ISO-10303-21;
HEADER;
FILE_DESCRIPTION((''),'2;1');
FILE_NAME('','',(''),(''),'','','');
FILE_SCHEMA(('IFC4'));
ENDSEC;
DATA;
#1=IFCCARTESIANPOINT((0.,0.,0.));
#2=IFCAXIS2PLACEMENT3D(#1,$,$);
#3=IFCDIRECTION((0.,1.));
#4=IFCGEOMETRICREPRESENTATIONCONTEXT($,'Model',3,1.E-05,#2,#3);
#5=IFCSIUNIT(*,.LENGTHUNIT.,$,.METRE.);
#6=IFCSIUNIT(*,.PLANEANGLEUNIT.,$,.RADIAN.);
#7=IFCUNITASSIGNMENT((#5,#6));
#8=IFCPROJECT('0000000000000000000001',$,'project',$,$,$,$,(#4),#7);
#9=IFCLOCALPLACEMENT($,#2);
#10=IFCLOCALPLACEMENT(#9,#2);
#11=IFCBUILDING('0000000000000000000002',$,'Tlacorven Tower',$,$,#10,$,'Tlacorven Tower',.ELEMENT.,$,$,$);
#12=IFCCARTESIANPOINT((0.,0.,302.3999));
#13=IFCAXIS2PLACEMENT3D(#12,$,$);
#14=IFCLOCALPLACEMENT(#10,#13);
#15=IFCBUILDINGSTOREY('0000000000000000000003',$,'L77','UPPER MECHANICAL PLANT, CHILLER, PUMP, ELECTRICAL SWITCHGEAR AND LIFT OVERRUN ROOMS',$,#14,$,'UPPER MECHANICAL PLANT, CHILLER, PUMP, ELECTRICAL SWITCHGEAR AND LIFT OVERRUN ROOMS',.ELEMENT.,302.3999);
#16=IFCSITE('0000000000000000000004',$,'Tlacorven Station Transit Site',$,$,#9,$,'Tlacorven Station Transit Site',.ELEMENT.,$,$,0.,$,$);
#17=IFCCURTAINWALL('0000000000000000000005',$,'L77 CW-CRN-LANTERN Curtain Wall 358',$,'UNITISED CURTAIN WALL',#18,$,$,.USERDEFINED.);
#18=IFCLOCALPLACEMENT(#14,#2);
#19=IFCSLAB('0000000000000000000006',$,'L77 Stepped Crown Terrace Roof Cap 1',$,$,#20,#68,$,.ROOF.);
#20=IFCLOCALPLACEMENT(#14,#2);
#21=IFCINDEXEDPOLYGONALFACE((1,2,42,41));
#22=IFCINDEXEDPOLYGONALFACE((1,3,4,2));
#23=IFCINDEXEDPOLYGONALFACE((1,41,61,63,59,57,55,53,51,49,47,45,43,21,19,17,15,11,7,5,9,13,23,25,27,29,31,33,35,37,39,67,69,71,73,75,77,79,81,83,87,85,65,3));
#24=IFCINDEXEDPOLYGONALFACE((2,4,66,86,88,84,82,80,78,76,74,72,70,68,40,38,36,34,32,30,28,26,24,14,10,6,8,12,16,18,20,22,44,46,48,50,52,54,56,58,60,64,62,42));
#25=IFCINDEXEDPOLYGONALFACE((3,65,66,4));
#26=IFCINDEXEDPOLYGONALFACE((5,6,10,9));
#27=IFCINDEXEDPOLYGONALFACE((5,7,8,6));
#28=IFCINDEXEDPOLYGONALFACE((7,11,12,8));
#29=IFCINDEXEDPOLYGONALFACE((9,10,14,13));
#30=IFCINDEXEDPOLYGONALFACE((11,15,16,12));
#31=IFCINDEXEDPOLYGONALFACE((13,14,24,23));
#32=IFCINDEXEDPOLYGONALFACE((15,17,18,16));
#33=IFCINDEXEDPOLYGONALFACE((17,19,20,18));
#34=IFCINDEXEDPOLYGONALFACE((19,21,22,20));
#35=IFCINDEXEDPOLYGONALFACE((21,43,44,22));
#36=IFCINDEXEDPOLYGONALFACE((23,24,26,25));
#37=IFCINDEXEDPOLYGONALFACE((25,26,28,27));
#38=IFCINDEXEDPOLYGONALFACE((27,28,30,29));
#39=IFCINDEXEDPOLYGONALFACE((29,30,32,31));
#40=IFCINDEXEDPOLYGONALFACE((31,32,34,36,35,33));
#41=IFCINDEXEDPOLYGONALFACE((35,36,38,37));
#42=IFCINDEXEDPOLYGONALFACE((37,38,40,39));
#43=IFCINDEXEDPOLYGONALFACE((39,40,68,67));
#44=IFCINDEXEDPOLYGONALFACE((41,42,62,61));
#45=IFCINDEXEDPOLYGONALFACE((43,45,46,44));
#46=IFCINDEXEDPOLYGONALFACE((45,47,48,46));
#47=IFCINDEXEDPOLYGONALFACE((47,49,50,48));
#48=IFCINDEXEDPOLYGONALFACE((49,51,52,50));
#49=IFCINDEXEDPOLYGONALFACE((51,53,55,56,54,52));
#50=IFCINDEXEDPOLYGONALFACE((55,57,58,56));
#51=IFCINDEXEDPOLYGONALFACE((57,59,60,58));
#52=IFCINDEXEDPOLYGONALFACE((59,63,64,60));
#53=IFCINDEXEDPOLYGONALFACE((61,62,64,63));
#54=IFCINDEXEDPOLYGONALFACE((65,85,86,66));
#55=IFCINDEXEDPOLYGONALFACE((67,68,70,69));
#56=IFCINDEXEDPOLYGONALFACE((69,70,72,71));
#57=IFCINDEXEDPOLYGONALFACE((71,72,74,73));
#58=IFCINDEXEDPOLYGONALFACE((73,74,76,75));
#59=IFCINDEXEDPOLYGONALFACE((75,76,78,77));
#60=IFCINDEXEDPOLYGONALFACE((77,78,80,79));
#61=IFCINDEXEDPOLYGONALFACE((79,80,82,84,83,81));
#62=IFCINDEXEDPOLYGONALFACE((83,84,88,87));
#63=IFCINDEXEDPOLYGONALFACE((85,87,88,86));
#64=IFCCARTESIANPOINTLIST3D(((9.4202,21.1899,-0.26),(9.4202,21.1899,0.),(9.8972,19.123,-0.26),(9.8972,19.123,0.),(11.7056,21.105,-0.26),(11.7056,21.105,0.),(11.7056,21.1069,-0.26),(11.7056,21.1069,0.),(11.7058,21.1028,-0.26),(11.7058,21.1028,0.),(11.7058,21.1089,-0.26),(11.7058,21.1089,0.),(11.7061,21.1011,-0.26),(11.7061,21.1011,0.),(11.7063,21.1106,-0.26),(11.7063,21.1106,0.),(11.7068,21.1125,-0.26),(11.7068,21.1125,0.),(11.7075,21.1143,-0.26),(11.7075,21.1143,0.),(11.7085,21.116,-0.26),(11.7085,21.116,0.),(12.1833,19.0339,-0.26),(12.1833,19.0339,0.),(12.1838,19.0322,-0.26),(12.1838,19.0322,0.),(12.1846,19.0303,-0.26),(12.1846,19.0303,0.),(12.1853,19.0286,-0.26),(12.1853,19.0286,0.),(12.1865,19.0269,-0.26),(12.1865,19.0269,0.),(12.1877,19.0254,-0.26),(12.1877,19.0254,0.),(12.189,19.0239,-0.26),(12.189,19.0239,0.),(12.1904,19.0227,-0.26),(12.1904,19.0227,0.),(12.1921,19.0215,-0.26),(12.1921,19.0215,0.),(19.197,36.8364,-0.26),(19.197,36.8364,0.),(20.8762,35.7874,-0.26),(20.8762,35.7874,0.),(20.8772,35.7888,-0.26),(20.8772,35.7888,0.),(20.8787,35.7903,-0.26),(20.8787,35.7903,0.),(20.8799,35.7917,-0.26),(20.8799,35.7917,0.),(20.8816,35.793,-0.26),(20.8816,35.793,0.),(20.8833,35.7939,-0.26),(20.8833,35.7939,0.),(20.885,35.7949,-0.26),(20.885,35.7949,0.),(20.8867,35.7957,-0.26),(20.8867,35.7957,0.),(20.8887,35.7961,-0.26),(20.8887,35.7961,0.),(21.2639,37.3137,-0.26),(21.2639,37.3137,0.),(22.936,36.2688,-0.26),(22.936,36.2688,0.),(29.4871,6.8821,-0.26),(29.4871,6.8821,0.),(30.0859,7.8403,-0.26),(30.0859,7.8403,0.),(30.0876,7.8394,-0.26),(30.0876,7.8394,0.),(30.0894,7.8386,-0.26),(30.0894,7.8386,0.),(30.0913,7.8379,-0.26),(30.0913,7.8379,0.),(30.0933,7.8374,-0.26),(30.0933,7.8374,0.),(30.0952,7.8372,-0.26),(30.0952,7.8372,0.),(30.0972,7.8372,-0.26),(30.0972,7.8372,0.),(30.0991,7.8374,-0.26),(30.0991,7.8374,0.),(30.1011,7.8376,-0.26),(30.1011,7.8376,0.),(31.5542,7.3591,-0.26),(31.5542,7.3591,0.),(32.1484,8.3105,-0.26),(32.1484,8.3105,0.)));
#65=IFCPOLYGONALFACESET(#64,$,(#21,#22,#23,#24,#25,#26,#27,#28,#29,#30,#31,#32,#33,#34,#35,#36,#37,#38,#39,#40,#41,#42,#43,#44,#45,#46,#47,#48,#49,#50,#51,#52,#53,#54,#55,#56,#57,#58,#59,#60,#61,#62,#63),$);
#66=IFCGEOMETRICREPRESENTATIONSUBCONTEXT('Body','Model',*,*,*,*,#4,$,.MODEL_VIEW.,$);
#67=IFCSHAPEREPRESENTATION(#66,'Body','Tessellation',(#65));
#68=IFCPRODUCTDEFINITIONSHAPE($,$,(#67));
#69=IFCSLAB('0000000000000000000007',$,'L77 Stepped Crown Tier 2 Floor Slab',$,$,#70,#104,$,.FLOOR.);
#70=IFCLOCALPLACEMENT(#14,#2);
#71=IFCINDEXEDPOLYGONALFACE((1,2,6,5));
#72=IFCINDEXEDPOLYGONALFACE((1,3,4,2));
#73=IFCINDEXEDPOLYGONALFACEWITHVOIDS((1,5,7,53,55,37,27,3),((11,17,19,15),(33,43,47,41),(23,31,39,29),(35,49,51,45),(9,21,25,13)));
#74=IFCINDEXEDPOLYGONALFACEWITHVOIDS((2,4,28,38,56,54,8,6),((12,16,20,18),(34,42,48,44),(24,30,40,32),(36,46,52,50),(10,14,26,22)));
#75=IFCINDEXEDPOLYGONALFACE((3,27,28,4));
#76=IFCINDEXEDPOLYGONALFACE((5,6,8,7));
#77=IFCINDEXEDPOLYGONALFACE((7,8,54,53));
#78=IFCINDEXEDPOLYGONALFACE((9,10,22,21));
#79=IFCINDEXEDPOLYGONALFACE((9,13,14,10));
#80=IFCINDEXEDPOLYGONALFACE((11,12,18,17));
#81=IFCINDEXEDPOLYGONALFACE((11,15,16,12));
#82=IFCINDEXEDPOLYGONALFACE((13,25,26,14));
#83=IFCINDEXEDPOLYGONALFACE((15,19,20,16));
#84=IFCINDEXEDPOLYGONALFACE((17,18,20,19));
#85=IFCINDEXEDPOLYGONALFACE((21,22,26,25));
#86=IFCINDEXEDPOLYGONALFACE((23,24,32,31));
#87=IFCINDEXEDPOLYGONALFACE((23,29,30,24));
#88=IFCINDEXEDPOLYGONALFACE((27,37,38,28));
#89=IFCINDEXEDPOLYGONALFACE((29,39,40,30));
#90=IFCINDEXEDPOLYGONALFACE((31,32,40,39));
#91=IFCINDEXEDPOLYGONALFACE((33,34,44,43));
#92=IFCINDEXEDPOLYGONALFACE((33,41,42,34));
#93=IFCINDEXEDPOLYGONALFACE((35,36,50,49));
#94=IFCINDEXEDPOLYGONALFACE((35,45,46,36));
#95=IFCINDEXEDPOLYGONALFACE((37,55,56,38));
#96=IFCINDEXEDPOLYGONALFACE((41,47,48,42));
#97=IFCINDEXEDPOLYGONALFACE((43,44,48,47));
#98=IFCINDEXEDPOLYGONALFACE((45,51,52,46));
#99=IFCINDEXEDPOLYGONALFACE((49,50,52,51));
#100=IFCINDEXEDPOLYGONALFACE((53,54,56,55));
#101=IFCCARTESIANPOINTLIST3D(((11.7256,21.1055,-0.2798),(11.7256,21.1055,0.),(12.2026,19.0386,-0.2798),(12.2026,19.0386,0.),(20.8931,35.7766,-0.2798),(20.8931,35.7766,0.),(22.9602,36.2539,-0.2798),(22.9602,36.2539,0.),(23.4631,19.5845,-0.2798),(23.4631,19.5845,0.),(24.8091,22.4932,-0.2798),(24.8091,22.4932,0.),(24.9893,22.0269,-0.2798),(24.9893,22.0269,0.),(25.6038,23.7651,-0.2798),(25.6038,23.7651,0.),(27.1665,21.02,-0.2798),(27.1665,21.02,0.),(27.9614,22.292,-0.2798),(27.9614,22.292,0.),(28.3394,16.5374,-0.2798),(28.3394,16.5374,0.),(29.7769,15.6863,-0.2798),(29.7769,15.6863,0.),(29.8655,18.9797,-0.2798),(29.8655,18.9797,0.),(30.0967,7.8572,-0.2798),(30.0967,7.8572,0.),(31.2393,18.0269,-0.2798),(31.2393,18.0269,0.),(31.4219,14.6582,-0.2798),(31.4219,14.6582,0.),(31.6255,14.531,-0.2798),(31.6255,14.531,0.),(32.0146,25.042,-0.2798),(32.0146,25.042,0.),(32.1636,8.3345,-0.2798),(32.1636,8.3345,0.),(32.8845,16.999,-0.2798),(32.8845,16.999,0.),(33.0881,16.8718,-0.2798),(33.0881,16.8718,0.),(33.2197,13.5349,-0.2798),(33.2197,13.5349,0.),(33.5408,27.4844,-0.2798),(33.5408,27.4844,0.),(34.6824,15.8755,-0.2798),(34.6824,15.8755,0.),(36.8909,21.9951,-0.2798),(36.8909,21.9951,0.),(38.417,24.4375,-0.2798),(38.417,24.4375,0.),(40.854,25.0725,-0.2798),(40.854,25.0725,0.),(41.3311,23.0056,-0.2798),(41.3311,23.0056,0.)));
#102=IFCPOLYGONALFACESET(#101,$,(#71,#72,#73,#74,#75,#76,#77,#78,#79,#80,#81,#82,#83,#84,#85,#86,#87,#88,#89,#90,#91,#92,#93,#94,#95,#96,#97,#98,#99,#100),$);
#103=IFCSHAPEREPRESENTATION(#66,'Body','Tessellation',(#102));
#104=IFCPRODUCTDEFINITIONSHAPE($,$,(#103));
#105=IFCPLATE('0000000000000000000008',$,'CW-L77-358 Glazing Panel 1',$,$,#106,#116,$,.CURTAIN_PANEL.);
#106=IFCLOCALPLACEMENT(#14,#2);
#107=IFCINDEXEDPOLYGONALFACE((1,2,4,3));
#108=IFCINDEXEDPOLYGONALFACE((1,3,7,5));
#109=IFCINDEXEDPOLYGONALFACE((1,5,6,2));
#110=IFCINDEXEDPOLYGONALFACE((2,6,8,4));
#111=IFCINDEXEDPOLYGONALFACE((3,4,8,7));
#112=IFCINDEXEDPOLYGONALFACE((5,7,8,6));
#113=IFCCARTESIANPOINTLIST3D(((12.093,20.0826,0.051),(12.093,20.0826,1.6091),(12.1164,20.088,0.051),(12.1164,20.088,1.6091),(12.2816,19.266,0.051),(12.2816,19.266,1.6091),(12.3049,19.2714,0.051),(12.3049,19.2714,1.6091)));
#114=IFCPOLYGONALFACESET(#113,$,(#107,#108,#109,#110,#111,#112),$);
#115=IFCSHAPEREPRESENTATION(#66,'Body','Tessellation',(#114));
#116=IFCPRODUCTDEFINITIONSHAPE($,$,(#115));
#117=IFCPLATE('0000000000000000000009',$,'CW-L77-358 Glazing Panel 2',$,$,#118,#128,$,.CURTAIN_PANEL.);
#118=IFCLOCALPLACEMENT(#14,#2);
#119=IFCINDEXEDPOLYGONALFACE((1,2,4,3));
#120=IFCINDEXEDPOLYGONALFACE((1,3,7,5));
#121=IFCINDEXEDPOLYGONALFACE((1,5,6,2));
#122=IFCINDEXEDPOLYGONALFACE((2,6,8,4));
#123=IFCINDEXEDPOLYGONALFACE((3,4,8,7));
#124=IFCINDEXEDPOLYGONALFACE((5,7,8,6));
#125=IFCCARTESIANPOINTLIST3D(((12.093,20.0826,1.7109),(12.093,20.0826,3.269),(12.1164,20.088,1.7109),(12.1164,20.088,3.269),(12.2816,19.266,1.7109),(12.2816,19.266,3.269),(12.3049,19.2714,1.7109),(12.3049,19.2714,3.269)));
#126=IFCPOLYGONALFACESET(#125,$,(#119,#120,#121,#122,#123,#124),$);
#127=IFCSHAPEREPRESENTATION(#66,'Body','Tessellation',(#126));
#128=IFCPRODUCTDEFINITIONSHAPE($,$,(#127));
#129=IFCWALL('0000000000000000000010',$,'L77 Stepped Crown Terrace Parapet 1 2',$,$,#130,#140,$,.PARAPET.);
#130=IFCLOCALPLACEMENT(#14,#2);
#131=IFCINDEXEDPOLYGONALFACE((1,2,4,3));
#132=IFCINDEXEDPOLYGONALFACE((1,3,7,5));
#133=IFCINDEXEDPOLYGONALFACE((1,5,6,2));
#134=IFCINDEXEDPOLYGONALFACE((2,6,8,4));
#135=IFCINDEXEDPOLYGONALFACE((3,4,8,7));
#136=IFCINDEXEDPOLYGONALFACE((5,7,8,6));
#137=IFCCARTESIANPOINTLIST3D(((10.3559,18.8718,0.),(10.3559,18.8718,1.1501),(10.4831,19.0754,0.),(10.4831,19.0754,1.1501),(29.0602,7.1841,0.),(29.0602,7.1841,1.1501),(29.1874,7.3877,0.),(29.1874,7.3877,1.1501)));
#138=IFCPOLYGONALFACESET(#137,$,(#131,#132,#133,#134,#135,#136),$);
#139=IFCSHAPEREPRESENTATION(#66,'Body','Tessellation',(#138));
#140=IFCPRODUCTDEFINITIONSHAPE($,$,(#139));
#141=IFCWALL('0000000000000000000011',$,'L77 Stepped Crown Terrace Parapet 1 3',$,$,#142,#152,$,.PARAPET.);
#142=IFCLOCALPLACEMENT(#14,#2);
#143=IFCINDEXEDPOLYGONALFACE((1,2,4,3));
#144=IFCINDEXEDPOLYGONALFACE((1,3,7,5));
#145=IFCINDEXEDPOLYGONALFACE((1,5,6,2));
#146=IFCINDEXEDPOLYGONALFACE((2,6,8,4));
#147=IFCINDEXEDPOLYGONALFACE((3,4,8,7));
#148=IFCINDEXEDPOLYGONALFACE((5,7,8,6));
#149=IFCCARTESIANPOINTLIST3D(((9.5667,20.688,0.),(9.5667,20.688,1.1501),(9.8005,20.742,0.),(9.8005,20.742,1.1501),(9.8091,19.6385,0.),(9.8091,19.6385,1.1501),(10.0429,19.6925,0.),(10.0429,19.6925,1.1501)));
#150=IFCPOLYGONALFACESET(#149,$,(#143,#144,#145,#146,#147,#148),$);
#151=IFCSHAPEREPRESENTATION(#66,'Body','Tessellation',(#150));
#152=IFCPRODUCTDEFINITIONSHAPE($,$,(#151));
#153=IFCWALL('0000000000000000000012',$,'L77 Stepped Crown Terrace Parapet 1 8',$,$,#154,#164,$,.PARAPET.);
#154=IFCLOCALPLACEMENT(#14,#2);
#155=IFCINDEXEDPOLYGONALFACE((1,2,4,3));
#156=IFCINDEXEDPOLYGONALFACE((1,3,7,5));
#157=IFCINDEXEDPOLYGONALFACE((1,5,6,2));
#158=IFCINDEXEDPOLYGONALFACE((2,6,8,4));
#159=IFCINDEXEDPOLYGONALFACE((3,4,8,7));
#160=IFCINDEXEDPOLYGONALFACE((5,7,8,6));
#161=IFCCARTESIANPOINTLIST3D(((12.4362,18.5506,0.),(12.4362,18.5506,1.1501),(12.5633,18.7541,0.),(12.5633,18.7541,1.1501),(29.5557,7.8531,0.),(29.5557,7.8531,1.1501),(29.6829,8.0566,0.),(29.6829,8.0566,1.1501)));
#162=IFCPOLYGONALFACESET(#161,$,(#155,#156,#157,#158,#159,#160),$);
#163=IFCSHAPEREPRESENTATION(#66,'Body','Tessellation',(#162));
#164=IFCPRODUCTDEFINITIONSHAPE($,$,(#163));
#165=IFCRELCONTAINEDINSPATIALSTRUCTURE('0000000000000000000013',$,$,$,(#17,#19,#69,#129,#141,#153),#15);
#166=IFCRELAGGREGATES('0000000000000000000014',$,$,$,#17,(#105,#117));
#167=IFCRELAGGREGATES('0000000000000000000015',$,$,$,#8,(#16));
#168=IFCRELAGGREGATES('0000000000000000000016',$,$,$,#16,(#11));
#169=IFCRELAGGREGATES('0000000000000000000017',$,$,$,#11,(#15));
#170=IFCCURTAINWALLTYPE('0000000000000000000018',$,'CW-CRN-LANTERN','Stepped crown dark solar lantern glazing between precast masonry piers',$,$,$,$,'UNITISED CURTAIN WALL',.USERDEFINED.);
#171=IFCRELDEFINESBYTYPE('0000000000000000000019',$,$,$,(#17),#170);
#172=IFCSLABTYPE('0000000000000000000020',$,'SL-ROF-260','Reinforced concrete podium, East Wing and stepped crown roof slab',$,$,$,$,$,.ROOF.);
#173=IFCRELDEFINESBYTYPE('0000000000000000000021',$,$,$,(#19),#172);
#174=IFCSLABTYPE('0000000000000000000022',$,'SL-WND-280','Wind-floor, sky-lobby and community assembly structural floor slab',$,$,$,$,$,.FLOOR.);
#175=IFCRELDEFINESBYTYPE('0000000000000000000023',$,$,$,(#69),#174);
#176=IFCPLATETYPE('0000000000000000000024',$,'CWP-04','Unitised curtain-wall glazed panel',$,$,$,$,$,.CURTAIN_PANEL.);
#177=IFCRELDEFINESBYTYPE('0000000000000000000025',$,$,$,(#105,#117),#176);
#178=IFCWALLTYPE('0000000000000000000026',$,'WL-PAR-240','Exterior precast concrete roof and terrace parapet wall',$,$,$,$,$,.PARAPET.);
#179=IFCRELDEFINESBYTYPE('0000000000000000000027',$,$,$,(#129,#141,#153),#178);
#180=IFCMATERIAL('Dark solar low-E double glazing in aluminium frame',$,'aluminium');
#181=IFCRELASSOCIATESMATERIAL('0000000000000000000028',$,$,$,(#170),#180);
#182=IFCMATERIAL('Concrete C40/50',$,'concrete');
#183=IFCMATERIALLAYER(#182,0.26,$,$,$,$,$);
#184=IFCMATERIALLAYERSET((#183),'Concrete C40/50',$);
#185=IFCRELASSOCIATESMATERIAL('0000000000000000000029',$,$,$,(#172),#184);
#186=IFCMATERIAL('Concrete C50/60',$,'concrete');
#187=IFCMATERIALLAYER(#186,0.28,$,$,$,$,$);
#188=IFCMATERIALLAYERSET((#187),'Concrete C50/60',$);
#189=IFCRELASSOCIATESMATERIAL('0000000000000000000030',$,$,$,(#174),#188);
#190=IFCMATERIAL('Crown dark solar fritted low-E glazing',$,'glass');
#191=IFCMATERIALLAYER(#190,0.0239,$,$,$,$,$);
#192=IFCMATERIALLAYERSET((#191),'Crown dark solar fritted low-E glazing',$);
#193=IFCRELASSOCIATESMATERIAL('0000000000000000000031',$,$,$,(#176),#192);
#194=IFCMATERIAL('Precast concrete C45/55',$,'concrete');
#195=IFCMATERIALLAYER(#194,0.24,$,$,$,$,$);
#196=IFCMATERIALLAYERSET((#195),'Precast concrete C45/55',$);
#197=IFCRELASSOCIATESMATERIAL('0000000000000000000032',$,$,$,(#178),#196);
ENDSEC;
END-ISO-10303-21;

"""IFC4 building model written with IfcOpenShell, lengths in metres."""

from ifc_helpers import new_model, si_unit, direction, frame, frame_2d, origin, origin_2d, place, context, subcontext, project, spatial, polyline, rectangle, outline, extrude, source, transform, mapped, material, layer, layer_set, type_object, element, aggregate, save


model = new_model("IFC4")

# Units and contexts
model_context = context("Model", 3, precision=1e-05, world=origin(), true_north=direction((0.0, 1.0)))
body_context = subcontext(model_context, "Body", "Model", "MODEL_VIEW")
ifc_project = project(units=[si_unit("LENGTHUNIT", "METRE"), si_unit("PLANEANGLEUNIT", "RADIAN")], contexts=[model_context])

# Site, building, storey
site_placement = place(None, origin())
site = spatial("IfcSite", under=ifc_project, at=site_placement, Name="Tlacorven Station Transit Site", LongName="Tlacorven Station Transit Site", CompositionType="ELEMENT", RefElevation=0.0)
building_placement = place(site_placement, origin())
building = spatial("IfcBuilding", under=site, at=building_placement, Name="Tlacorven Tower", LongName="Tlacorven Tower", CompositionType="ELEMENT")
storey_placement = place(building_placement, frame((0.0, 0.0, 302.3999)))
storey = spatial("IfcBuildingStorey", under=building, at=storey_placement, Name="L77", Description="UPPER MECHANICAL PLANT, CHILLER, PUMP, ELECTRICAL SWITCHGEAR AND LIFT OVERRUN ROOMS", LongName="UPPER MECHANICAL PLANT, CHILLER, PUMP, ELECTRICAL SWITCHGEAR AND LIFT OVERRUN ROOMS", CompositionType="ELEMENT", Elevation=302.3999)

# Curtain wall
ifc_material_1 = material(Name="Dark solar low-E double glazing in aluminium frame", Category="aluminium")
curtain_wall_type = type_object("IfcCurtainWallType", Name="CW-CRN-LANTERN", Description="Stepped crown dark solar lantern glazing between precast masonry piers", ElementType="UNITISED CURTAIN WALL", PredefinedType="USERDEFINED", material=ifc_material_1)
curtain_wall_placement = place(storey_placement, origin())
curtain_wall = element("IfcCurtainWall", 1, at=curtain_wall_placement, inside=storey, type_object=curtain_wall_type, Name="L77 CW-CRN-LANTERN Curtain Wall 358", ObjectType="UNITISED CURTAIN WALL", PredefinedType="USERDEFINED")

# Shared definitions
ifc_material_2 = material(Name="Concrete C40/50", Category="concrete")

# Slabs
ifc_layer_1 = layer(ifc_material_2, 0.26)
ifc_layer_set_1 = layer_set([ifc_layer_1], Name="Concrete C40/50")
slab_type_1 = type_object("IfcSlabType", Name="SL-ROF-260", Description="Reinforced concrete podium, East Wing and stepped crown roof slab", PredefinedType="ROOF", material=ifc_layer_set_1)
slab_1_placement = place(storey_placement, frame((0.0, 0.0, -0.26)))
element("IfcSlab", 2, at=slab_1_placement, inside=storey, type_object=slab_type_1, Name="L77 Stepped Crown Terrace Roof Cap 1", PredefinedType="ROOF", context=body_context, shape_type="SweptSolid", body=[
    extrude(outline(polyline([(31.5542, 7.3591), (29.4871, 6.8821), (9.8972, 19.123), (9.4202, 21.1899), (19.197, 36.8364), (21.2639, 37.3137), (22.936, 36.2688), (20.8887, 35.7961), (20.8867, 35.7957), (20.885, 35.7949), (20.8833, 35.7939), (20.8816, 35.793), (20.8799, 35.7917), (20.8787, 35.7903), (20.8772, 35.7888), (20.8762, 35.7874), (11.7085, 21.116), (11.7075, 21.1143), (11.7068, 21.1125), (11.7063, 21.1106), (11.7058, 21.1089), (11.7056, 21.1069), (11.7056, 21.105), (11.7058, 21.1028), (11.7061, 21.1011), (12.1833, 19.0339), (12.1838, 19.0322), (12.1846, 19.0303), (12.1853, 19.0286), (12.1865, 19.0269), (12.1877, 19.0254), (12.189, 19.0239), (12.1904, 19.0227), (12.1921, 19.0215), (30.0859, 7.8403), (30.0876, 7.8394), (30.0894, 7.8386), (30.0913, 7.8379), (30.0933, 7.8374), (30.0952, 7.8372), (30.0972, 7.8372), (30.0991, 7.8374), (30.1011, 7.8376), (32.1484, 8.3105), (31.5542, 7.3591)])), origin(), (0.0, 0.0, 1.0), 0.26),
])
ifc_material_3 = material(Name="Concrete C50/60", Category="concrete")
ifc_layer_2 = layer(ifc_material_3, 0.28)
ifc_layer_set_2 = layer_set([ifc_layer_2], Name="Concrete C50/60")
slab_type_2 = type_object("IfcSlabType", Name="SL-WND-280", Description="Wind-floor, sky-lobby and community assembly structural floor slab", PredefinedType="FLOOR", material=ifc_layer_set_2)
slab_2_placement = place(storey_placement, frame((0.0, 0.0, -0.2798)))
element("IfcSlab", 3, at=slab_2_placement, inside=storey, type_object=slab_type_2, Name="L77 Stepped Crown Tier 2 Floor Slab", PredefinedType="FLOOR", context=body_context, shape_type="SweptSolid", body=[
    extrude(outline(polyline([(40.854, 25.0725), (22.9602, 36.2539), (20.8931, 35.7766), (11.7256, 21.1055), (12.2026, 19.0386), (30.0967, 7.8572), (32.1636, 8.3345), (41.3311, 23.0056), (40.854, 25.0725)]), holes=[polyline([(29.8655, 18.9797), (24.9893, 22.0269), (23.4631, 19.5845), (28.3394, 16.5374), (29.8655, 18.9797)]), polyline([(38.417, 24.4375), (33.5408, 27.4844), (32.0146, 25.042), (36.8909, 21.9951), (38.417, 24.4375)]), polyline([(34.6824, 15.8755), (33.0881, 16.8718), (31.6255, 14.531), (33.2197, 13.5349), (34.6824, 15.8755)]), polyline([(32.8845, 16.999), (31.2393, 18.0269), (29.7769, 15.6863), (31.4219, 14.6582), (32.8845, 16.999)]), polyline([(27.9614, 22.292), (25.6038, 23.7651), (24.8091, 22.4932), (27.1665, 21.02), (27.9614, 22.292)])]), origin(), (0.0, 0.0, 1.0), 0.2798),
])

# Plates
ifc_material_4 = material(Name="Crown dark solar fritted low-E glazing", Category="glass")
ifc_layer_3 = layer(ifc_material_4, 0.0239)
ifc_layer_set_3 = layer_set([ifc_layer_3], Name="Crown dark solar fritted low-E glazing")
plate_type = type_object("IfcPlateType", Name="CWP-04", Description="Unitised curtain-wall glazed panel", PredefinedType="CURTAIN_PANEL", material=ifc_layer_set_3)
shared_shape_1 = source(origin(), body_context, "Body", "SweptSolid", [
    extrude(rectangle(XDim=0.8381, YDim=0.0239, at=origin_2d()), origin(), (0.0, 0.0, 1.0), 1.5581),
])
plate_1_placement = place(storey_placement, frame((12.199, 19.677, 0.051), z_axis=(0.0, 0.0, 1.0), x_axis=(-0.22495, 0.97437, 0.0)))
plate_1 = element("IfcPlate", 4, at=plate_1_placement, type_object=plate_type, Name="CW-L77-358 Glazing Panel 1", PredefinedType="CURTAIN_PANEL", context=body_context, shape_type="MappedRepresentation", body=[
    mapped(shared_shape_1, transform((0.0, 0.0, 0.0), scale=1.0)),
])
plate_2_placement = place(storey_placement, frame((12.199, 19.677, 1.7109), z_axis=(0.0, 0.0, 1.0), x_axis=(-0.22495, 0.97437, 0.0)))
plate_2 = element("IfcPlate", 5, at=plate_2_placement, type_object=plate_type, Name="CW-L77-358 Glazing Panel 2", PredefinedType="CURTAIN_PANEL", context=body_context, shape_type="MappedRepresentation", body=[
    mapped(shared_shape_1, transform((0.0, 0.0, 0.0), scale=1.0)),
])
aggregate(curtain_wall, [plate_1, plate_2])

# Walls
ifc_material_5 = material(Name="Precast concrete C45/55", Category="concrete")
ifc_layer_4 = layer(ifc_material_5, 0.24)
ifc_layer_set_4 = layer_set([ifc_layer_4], Name="Precast concrete C45/55")
wall_type = type_object("IfcWallType", Name="WL-PAR-240", Description="Exterior precast concrete roof and terrace parapet wall", PredefinedType="PARAPET", material=ifc_layer_set_4)
wall_1_placement = place(storey_placement, frame((29.1238, 7.2859, 0.0), z_axis=(0.0, 0.0, 1.0), x_axis=(-0.848049, 0.529918, 0.0)))
element("IfcWall", 6, at=wall_1_placement, inside=storey, type_object=wall_type, Name="L77 Stepped Crown Terrace Parapet 1 2", PredefinedType="PARAPET", context=body_context, shape_type="SweptSolid", body=[
    extrude(rectangle(XDim=22.0557, YDim=0.24, at=frame_2d((11.0278, 0.0))), origin(), (0.0, 0.0, 1.0), 1.1501),
])
wall_2_placement = place(storey_placement, frame((9.926, 19.6655, 0.0), z_axis=(0.0, 0.0, 1.0), x_axis=(-0.225058, 0.974345, 0.0)))
element("IfcWall", 7, at=wall_2_placement, inside=storey, type_object=wall_type, Name="L77 Stepped Crown Terrace Parapet 1 3", PredefinedType="PARAPET", context=body_context, shape_type="SweptSolid", body=[
    extrude(rectangle(XDim=1.0771, YDim=0.24, at=frame_2d((0.5386, 0.0))), origin(), (0.0, 0.0, 1.0), 1.1501),
])
wall_3_placement = place(storey_placement, frame((12.4998, 18.6523, 0.0), z_axis=(0.0, 0.0, 1.0), x_axis=(0.848049, -0.529918, 0.0)))
element("IfcWall", 8, at=wall_3_placement, inside=storey, type_object=wall_type, Name="L77 Stepped Crown Terrace Parapet 1 8", PredefinedType="PARAPET", context=body_context, shape_type="SweptSolid", body=[
    extrude(rectangle(XDim=20.187, YDim=0.24, at=frame_2d((10.0935, 0.0))), origin(), (0.0, 0.0, 1.0), 1.1501),
])

save(model, "model.ifc")
